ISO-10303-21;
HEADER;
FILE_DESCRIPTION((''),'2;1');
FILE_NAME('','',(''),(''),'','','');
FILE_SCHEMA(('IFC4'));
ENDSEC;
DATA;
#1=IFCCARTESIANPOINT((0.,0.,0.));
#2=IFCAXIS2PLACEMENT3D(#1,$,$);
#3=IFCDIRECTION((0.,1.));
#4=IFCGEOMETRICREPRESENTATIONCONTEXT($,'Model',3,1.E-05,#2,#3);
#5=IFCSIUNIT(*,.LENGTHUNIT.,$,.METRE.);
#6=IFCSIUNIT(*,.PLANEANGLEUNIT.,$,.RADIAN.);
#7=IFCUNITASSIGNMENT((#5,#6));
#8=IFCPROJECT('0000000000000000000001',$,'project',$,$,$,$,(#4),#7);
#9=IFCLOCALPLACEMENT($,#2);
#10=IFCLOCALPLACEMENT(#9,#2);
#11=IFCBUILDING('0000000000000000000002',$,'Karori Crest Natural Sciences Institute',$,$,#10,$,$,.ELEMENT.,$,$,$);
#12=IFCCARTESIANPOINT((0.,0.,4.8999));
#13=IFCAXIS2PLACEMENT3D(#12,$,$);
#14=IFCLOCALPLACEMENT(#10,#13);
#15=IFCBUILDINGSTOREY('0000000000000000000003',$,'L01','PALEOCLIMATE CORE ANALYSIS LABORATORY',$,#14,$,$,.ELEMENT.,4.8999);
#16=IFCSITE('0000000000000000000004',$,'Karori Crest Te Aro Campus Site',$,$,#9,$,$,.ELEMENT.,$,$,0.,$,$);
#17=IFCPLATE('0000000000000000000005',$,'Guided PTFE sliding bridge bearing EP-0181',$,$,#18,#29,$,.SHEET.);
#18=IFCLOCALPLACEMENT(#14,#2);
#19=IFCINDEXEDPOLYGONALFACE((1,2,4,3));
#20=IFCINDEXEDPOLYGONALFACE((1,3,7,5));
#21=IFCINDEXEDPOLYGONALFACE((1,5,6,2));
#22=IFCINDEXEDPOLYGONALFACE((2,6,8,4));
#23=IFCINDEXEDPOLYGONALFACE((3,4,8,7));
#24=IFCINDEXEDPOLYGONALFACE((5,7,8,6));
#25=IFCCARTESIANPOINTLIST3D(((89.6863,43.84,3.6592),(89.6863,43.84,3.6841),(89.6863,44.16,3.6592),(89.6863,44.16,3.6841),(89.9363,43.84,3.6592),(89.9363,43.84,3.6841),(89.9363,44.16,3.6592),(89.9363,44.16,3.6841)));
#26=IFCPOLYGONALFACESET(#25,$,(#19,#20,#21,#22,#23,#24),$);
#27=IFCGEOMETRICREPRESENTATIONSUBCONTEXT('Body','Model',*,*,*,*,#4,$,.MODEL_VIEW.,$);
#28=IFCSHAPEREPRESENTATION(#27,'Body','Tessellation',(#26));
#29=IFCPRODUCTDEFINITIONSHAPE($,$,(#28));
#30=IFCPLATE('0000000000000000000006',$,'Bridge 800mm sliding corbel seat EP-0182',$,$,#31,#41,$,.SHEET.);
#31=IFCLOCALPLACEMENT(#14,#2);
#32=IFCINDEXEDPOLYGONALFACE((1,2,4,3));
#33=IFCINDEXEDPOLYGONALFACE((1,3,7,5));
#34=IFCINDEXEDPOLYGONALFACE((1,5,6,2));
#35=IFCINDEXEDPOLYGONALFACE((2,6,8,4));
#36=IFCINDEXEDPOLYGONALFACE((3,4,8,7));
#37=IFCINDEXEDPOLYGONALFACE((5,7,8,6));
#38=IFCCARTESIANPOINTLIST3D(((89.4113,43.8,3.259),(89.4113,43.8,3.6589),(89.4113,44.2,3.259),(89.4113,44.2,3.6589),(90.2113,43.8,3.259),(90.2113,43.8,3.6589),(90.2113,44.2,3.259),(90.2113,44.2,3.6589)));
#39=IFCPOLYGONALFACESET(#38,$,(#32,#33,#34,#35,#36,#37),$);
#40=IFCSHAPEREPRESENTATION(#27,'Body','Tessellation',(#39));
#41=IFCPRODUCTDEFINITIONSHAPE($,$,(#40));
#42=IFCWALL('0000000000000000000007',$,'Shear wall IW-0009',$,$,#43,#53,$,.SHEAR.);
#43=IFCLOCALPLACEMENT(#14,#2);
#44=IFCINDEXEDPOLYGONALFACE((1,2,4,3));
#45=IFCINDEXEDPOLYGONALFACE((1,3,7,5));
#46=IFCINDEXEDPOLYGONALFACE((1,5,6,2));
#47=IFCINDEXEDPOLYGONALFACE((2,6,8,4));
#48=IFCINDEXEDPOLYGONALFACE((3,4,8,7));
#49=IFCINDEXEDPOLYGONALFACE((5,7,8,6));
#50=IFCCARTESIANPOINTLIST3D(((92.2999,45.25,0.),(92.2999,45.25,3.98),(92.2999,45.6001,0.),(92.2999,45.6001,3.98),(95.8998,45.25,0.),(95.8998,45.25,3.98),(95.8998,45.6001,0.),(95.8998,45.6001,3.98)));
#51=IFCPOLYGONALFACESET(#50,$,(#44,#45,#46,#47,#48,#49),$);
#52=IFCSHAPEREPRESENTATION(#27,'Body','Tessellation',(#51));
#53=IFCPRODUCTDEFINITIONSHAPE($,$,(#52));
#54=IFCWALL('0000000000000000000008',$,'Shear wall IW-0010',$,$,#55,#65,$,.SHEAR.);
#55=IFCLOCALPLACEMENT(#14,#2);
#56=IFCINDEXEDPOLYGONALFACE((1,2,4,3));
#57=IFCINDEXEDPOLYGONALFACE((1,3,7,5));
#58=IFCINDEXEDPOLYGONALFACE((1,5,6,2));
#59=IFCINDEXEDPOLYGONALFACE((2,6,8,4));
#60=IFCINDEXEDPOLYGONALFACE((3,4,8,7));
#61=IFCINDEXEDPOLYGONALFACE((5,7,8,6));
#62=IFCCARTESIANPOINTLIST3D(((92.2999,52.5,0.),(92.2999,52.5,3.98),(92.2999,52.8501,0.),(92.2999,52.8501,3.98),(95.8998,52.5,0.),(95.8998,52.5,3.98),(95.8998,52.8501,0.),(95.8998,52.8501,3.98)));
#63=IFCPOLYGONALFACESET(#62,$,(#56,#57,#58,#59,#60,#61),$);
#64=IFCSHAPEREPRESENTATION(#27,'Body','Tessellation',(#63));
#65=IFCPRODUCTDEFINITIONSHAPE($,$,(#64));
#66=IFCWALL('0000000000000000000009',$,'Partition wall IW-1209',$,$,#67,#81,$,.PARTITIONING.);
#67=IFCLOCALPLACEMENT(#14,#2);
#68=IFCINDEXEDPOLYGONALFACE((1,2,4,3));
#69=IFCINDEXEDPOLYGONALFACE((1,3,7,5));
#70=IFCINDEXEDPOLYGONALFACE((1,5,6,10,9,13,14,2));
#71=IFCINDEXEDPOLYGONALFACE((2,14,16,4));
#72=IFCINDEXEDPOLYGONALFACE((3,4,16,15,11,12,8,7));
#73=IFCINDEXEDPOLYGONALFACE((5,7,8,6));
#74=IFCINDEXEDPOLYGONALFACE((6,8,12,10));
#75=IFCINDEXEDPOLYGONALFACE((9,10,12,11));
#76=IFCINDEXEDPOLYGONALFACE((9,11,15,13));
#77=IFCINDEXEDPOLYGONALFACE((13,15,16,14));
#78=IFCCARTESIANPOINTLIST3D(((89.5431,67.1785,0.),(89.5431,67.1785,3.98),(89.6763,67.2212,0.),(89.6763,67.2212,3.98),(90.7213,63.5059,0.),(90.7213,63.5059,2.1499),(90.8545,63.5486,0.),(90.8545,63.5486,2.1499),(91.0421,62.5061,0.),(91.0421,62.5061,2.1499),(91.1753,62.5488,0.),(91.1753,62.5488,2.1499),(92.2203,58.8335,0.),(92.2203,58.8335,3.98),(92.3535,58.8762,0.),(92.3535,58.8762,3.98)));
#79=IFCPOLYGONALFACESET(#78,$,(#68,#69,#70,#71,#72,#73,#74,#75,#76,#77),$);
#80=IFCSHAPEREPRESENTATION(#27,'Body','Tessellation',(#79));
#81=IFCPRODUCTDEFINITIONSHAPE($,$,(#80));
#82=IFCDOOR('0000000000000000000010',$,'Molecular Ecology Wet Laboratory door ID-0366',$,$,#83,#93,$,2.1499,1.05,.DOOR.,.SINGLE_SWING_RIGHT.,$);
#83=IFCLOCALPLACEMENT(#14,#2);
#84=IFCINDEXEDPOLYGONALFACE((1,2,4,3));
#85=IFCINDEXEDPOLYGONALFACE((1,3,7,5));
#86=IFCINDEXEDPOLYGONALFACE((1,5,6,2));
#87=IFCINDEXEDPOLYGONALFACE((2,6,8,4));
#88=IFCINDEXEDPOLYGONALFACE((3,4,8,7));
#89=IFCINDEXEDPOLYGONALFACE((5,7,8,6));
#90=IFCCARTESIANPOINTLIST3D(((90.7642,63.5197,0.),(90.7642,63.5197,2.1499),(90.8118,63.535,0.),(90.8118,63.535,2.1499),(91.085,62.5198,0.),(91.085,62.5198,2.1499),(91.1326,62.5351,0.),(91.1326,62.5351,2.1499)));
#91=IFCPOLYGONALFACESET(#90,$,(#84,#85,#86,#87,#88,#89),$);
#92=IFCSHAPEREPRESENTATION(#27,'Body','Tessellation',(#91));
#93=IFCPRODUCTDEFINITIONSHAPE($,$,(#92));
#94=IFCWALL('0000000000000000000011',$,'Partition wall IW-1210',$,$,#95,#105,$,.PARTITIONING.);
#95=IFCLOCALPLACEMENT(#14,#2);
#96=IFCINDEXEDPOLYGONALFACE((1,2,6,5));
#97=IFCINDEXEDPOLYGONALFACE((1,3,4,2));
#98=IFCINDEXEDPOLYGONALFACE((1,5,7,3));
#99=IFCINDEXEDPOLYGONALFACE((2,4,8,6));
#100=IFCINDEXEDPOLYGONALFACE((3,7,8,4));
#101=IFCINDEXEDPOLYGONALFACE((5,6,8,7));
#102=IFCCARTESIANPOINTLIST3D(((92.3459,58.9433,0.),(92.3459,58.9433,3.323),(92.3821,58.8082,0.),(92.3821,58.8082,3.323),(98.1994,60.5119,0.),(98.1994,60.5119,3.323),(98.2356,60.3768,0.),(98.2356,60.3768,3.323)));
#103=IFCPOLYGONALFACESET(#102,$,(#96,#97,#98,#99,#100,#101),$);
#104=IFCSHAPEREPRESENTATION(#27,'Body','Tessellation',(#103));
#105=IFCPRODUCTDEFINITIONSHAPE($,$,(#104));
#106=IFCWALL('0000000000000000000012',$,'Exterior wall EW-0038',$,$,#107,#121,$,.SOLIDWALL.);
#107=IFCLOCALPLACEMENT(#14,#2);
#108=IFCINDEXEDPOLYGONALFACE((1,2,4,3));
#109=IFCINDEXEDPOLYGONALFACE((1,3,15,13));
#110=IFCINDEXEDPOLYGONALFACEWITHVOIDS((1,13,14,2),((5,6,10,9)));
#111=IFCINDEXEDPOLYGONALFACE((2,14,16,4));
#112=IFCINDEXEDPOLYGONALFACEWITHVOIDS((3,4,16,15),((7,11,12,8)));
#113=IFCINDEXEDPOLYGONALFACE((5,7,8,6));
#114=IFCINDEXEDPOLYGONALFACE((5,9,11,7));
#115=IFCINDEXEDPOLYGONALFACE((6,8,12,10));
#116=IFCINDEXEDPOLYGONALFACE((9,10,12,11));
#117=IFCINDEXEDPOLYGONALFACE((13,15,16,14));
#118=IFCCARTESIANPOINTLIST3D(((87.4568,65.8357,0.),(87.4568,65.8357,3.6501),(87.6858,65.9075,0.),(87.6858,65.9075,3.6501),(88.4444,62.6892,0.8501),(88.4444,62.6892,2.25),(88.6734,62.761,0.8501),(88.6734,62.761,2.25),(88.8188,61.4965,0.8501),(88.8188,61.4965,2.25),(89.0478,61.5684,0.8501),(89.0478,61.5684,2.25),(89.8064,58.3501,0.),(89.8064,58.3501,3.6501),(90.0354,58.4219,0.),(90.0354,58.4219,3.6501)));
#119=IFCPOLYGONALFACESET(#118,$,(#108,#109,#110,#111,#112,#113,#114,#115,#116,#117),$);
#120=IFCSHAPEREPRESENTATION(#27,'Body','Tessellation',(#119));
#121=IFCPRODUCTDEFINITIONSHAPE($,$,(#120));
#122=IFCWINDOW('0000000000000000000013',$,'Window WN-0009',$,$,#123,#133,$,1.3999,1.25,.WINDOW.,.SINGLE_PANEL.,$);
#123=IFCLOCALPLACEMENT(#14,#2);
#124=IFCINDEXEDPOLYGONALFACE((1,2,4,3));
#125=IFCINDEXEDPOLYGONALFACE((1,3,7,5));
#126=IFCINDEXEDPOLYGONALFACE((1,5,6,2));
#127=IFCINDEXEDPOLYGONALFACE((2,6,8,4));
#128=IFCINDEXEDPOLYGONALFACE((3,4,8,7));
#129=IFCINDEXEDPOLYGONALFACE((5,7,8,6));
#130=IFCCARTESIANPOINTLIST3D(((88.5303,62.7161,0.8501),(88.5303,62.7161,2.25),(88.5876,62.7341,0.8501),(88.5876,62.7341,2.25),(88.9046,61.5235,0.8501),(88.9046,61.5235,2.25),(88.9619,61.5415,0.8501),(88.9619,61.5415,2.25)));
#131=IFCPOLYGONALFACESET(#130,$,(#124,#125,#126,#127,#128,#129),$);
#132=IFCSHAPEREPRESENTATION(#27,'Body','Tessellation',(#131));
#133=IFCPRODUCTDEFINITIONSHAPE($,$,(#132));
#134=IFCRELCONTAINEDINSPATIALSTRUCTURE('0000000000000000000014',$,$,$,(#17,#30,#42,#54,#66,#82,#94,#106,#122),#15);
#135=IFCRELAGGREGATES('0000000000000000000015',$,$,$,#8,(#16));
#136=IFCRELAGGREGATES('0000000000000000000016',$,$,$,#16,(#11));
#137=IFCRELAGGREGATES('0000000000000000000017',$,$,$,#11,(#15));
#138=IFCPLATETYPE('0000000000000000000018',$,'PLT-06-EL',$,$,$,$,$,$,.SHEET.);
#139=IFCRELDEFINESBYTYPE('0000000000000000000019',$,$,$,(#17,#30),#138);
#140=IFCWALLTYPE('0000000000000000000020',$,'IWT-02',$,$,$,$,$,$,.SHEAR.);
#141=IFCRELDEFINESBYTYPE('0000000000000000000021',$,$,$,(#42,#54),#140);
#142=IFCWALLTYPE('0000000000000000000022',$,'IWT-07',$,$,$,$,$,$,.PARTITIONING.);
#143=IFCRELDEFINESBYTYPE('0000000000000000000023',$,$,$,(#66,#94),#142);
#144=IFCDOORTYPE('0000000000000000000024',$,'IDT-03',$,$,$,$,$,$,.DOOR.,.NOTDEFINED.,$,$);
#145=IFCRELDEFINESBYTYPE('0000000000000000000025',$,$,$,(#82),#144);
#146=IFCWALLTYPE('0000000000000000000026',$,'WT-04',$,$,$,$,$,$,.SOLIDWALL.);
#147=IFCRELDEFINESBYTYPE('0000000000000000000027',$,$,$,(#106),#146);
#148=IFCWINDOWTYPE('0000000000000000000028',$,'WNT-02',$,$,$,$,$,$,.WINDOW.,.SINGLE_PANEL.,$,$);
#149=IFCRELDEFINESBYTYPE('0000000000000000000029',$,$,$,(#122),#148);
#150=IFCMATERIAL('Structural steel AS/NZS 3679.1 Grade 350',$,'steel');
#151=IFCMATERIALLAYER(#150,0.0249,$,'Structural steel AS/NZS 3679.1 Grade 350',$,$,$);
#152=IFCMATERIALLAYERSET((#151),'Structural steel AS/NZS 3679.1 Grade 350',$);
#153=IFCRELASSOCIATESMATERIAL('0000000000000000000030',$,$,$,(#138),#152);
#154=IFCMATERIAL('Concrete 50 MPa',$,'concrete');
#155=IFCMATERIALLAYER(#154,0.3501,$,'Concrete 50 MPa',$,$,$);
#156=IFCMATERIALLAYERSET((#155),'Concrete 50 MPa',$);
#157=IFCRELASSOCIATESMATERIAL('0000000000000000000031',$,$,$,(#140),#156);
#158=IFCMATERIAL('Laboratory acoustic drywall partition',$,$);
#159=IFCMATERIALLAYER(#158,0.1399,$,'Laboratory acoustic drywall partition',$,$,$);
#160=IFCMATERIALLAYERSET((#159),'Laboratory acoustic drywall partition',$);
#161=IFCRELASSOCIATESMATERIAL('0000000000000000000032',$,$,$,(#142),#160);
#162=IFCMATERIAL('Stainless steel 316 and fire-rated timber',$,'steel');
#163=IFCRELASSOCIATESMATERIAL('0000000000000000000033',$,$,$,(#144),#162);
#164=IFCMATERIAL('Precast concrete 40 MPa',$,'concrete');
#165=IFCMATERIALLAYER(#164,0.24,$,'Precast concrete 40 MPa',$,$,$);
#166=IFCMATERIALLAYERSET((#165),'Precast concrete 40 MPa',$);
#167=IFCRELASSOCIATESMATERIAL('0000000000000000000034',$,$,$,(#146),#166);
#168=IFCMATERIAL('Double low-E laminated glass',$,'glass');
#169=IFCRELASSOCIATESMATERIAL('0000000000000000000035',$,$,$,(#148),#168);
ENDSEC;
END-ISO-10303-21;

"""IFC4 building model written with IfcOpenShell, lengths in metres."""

from ifc_helpers import new_model, si_unit, direction, frame, frame_2d, origin, origin_2d, place, context, subcontext, project, spatial, rectangle, extrude, material, layer, layer_set, type_object, element, fill, save


model = new_model("IFC4")

# Units and contexts
model_context = context("Model", 3, precision=1e-05, world=origin(), true_north=direction((0.0, 1.0)))
body_context = subcontext(model_context, "Body", "Model", "MODEL_VIEW")
ifc_project = project(units=[si_unit("LENGTHUNIT", "METRE"), si_unit("PLANEANGLEUNIT", "RADIAN")], contexts=[model_context])

# Site, building, storey
site_placement = place(None, origin())
site = spatial("IfcSite", under=ifc_project, at=site_placement, Name="Karori Crest Te Aro Campus Site", CompositionType="ELEMENT", RefElevation=0.0)
building_placement = place(site_placement, origin())
building = spatial("IfcBuilding", under=site, at=building_placement, Name="Karori Crest Natural Sciences Institute", CompositionType="ELEMENT")
storey_placement = place(building_placement, frame((0.0, 0.0, 4.8999)))
storey = spatial("IfcBuildingStorey", under=building, at=storey_placement, Name="L01", Description="PALEOCLIMATE CORE ANALYSIS LABORATORY", CompositionType="ELEMENT", Elevation=4.8999)

# Shared definitions
ifc_material_1 = material(Name="Structural steel AS/NZS 3679.1 Grade 350", Category="steel")

# Plates
ifc_layer_1 = layer(ifc_material_1, 0.0249, Name="Structural steel AS/NZS 3679.1 Grade 350")
ifc_layer_set_1 = layer_set([ifc_layer_1], Name="Structural steel AS/NZS 3679.1 Grade 350")
plate_type = type_object("IfcPlateType", Name="PLT-06-EL", PredefinedType="SHEET", material=ifc_layer_set_1)
plate_1_placement = place(storey_placement, frame((89.8113, 44.0, 3.6592), z_axis=(0.0, 0.0, 1.0), x_axis=(1.0, 0.0, 0.0)))
element("IfcPlate", 1, at=plate_1_placement, inside=storey, type_object=plate_type, Name="Guided PTFE sliding bridge bearing EP-0181", PredefinedType="SHEET", context=body_context, shape_type="SweptSolid", body=[
    extrude(rectangle(XDim=0.25, YDim=0.3201, at=origin_2d()), origin(), (0.0, 0.0, 1.0), 0.0249),
])
plate_2_placement = place(storey_placement, frame((89.8113, 44.0, 3.259), z_axis=(0.0, 0.0, 1.0), x_axis=(1.0, 0.0, 0.0)))
element("IfcPlate", 2, at=plate_2_placement, inside=storey, type_object=plate_type, Name="Bridge 800mm sliding corbel seat EP-0182", PredefinedType="SHEET", context=body_context, shape_type="SweptSolid", body=[
    extrude(rectangle(XDim=0.8, YDim=0.3999, at=origin_2d()), origin(), (0.0, 0.0, 1.0), 0.3999),
])

# Walls
ifc_material_2 = material(Name="Concrete 50 MPa", Category="concrete")
ifc_layer_2 = layer(ifc_material_2, 0.3501, Name="Concrete 50 MPa")
ifc_layer_set_2 = layer_set([ifc_layer_2], Name="Concrete 50 MPa")
wall_type_1 = type_object("IfcWallType", Name="IWT-02", PredefinedType="SHEAR", material=ifc_layer_set_2)
for number, where, z_axis, x_axis, name in (
    (3, (92.3, 45.425, 0.0), (0.0, 0.0, 1.0), (1.0, 0.0, 0.0), "Shear wall IW-0009"),
    (4, (92.3, 52.675, 0.0), (0.0, 0.0, 1.0), (1.0, 0.0, 0.0), "Shear wall IW-0010"),
):
    element("IfcWall", number, at=place(storey_placement, frame(where, z_axis=z_axis, x_axis=x_axis)), inside=storey, type_object=wall_type_1, Name=name, PredefinedType="SHEAR", context=body_context, shape_type="SweptSolid", body=[
        extrude(rectangle(XDim=3.5999, YDim=0.3501, at=frame_2d((1.7998, 0.0))), origin(), (0.0, 0.0, 1.0), 3.98),
    ])

# Wall, opening, door
ifc_material_3 = material(Name="Laboratory acoustic drywall partition")
ifc_layer_3 = layer(ifc_material_3, 0.1399, Name="Laboratory acoustic drywall partition")
ifc_layer_set_3 = layer_set([ifc_layer_3], Name="Laboratory acoustic drywall partition")
wall_type_2 = type_object("IfcWallType", Name="IWT-07", PredefinedType="PARTITIONING", material=ifc_layer_set_3)
wall_1_placement = place(storey_placement, frame((92.2869, 58.855, 0.0), z_axis=(0.0, 0.0, 1.0), x_axis=(-0.305485, 0.952197, 0.0)))
wall_1 = element("IfcWall", 5, at=wall_1_placement, inside=storey, type_object=wall_type_2, Name="Partition wall IW-1209", PredefinedType="PARTITIONING", context=body_context, shape_type="SweptSolid", body=[
    extrude(rectangle(XDim=8.7639, YDim=0.1399, at=frame_2d((4.3818, 0.0))), origin(), (0.0, 0.0, 1.0), 3.98),
])
opening_1_placement = place(wall_1_placement, frame((3.8569, 0.0, 0.0)))
opening_1 = element("IfcOpeningElement", 6, at=opening_1_placement, cuts=wall_1, PredefinedType="OPENING", context=body_context, shape_type="SweptSolid", body=[
    extrude(rectangle(XDim=1.05, YDim=2.1499, at=frame_2d((0.5249, 1.075))), frame((0.0, 0.0801, 0.0), z_axis=(0.0, -1.0, 0.0), x_axis=(1.0, 0.0, 0.0)), (0.0, 0.0, 1.0), 0.1599),
])
ifc_material_4 = material(Name="Stainless steel 316 and fire-rated timber", Category="steel")
door_type_1 = type_object("IfcDoorType", Name="IDT-03", OperationType="NOTDEFINED", PredefinedType="DOOR", material=ifc_material_4)
door_1_placement = place(opening_1_placement, origin())
door_1 = element("IfcDoor", 7, at=door_1_placement, inside=storey, type_object=door_type_1, Name="Molecular Ecology Wet Laboratory door ID-0366", OperationType="SINGLE_SWING_RIGHT", OverallHeight=2.1499, OverallWidth=1.05, PredefinedType="DOOR", context=body_context, shape_type="SweptSolid", body=[
    extrude(rectangle(XDim=1.05, YDim=2.1499, at=frame_2d((0.5249, 1.075))), frame((0.0, 0.0249, 0.0), z_axis=(0.0, -1.0, 0.0), x_axis=(1.0, 0.0, 0.0)), (0.0, 0.0, 1.0), 0.05),
])
fill(opening_1, door_1)

# Wall
wall_2_placement = place(storey_placement, frame((92.364, 58.8757, 0.0), z_axis=(0.0, 0.0, 1.0), x_axis=(0.965919, 0.258843, 0.0)))
element("IfcWall", 8, at=wall_2_placement, inside=storey, type_object=wall_type_2, Name="Partition wall IW-1210", PredefinedType="PARTITIONING", context=body_context, shape_type="SweptSolid", body=[
    extrude(rectangle(XDim=6.0601, YDim=0.1399, at=frame_2d((3.03, 0.0))), origin(), (0.0, 0.0, 1.0), 3.323),
])

# Wall, opening, window
ifc_material_5 = material(Name="Precast concrete 40 MPa", Category="concrete")
ifc_layer_4 = layer(ifc_material_5, 0.24, Name="Precast concrete 40 MPa")
ifc_layer_set_4 = layer_set([ifc_layer_4], Name="Precast concrete 40 MPa")
wall_type_3 = type_object("IfcWallType", Name="WT-04", PredefinedType="SOLIDWALL", material=ifc_layer_set_4)
wall_3_placement = place(storey_placement, frame((89.9209, 58.386, 0.0), z_axis=(0.0, 0.0, 1.0), x_axis=(-0.299478, 0.954103, 0.0)))
wall_3 = element("IfcWall", 9, at=wall_3_placement, inside=storey, type_object=wall_type_3, Name="Exterior wall EW-0038", PredefinedType="SOLIDWALL", context=body_context, shape_type="SweptSolid", body=[
    extrude(rectangle(XDim=7.8457, YDim=0.24, at=frame_2d((3.9229, 0.0))), origin(), (0.0, 0.0, 1.0), 3.6501),
])
opening_2_placement = place(wall_3_placement, frame((3.2979, 0.0, 0.8501)))
opening_2 = element("IfcOpeningElement", 10, at=opening_2_placement, cuts=wall_3, PredefinedType="OPENING", context=body_context, shape_type="SweptSolid", body=[
    extrude(rectangle(XDim=1.25, YDim=1.3999, at=frame_2d((0.625, 0.7))), frame((0.0, 0.1299, 0.0), z_axis=(0.0, -1.0, 0.0), x_axis=(1.0, 0.0, 0.0)), (0.0, 0.0, 1.0), 0.26),
])
ifc_material_6 = material(Name="Double low-E laminated glass", Category="glass")
window_type = type_object("IfcWindowType", Name="WNT-02", PartitioningType="SINGLE_PANEL", PredefinedType="WINDOW", material=ifc_material_6)
window_placement = place(opening_2_placement, origin())
window = element("IfcWindow", 11, at=window_placement, inside=storey, type_object=window_type, Name="Window WN-0009", OverallHeight=1.3999, OverallWidth=1.25, PartitioningType="SINGLE_PANEL", PredefinedType="WINDOW", context=body_context, shape_type="SweptSolid", body=[
    extrude(rectangle(XDim=1.25, YDim=1.3999, at=frame_2d((0.625, 0.7))), frame((0.0, 0.03, 0.0), z_axis=(0.0, -1.0, 0.0), x_axis=(1.0, 0.0, 0.0)), (0.0, 0.0, 1.0), 0.0601),
])
fill(opening_2, window)

save(model, "model.ifc")
